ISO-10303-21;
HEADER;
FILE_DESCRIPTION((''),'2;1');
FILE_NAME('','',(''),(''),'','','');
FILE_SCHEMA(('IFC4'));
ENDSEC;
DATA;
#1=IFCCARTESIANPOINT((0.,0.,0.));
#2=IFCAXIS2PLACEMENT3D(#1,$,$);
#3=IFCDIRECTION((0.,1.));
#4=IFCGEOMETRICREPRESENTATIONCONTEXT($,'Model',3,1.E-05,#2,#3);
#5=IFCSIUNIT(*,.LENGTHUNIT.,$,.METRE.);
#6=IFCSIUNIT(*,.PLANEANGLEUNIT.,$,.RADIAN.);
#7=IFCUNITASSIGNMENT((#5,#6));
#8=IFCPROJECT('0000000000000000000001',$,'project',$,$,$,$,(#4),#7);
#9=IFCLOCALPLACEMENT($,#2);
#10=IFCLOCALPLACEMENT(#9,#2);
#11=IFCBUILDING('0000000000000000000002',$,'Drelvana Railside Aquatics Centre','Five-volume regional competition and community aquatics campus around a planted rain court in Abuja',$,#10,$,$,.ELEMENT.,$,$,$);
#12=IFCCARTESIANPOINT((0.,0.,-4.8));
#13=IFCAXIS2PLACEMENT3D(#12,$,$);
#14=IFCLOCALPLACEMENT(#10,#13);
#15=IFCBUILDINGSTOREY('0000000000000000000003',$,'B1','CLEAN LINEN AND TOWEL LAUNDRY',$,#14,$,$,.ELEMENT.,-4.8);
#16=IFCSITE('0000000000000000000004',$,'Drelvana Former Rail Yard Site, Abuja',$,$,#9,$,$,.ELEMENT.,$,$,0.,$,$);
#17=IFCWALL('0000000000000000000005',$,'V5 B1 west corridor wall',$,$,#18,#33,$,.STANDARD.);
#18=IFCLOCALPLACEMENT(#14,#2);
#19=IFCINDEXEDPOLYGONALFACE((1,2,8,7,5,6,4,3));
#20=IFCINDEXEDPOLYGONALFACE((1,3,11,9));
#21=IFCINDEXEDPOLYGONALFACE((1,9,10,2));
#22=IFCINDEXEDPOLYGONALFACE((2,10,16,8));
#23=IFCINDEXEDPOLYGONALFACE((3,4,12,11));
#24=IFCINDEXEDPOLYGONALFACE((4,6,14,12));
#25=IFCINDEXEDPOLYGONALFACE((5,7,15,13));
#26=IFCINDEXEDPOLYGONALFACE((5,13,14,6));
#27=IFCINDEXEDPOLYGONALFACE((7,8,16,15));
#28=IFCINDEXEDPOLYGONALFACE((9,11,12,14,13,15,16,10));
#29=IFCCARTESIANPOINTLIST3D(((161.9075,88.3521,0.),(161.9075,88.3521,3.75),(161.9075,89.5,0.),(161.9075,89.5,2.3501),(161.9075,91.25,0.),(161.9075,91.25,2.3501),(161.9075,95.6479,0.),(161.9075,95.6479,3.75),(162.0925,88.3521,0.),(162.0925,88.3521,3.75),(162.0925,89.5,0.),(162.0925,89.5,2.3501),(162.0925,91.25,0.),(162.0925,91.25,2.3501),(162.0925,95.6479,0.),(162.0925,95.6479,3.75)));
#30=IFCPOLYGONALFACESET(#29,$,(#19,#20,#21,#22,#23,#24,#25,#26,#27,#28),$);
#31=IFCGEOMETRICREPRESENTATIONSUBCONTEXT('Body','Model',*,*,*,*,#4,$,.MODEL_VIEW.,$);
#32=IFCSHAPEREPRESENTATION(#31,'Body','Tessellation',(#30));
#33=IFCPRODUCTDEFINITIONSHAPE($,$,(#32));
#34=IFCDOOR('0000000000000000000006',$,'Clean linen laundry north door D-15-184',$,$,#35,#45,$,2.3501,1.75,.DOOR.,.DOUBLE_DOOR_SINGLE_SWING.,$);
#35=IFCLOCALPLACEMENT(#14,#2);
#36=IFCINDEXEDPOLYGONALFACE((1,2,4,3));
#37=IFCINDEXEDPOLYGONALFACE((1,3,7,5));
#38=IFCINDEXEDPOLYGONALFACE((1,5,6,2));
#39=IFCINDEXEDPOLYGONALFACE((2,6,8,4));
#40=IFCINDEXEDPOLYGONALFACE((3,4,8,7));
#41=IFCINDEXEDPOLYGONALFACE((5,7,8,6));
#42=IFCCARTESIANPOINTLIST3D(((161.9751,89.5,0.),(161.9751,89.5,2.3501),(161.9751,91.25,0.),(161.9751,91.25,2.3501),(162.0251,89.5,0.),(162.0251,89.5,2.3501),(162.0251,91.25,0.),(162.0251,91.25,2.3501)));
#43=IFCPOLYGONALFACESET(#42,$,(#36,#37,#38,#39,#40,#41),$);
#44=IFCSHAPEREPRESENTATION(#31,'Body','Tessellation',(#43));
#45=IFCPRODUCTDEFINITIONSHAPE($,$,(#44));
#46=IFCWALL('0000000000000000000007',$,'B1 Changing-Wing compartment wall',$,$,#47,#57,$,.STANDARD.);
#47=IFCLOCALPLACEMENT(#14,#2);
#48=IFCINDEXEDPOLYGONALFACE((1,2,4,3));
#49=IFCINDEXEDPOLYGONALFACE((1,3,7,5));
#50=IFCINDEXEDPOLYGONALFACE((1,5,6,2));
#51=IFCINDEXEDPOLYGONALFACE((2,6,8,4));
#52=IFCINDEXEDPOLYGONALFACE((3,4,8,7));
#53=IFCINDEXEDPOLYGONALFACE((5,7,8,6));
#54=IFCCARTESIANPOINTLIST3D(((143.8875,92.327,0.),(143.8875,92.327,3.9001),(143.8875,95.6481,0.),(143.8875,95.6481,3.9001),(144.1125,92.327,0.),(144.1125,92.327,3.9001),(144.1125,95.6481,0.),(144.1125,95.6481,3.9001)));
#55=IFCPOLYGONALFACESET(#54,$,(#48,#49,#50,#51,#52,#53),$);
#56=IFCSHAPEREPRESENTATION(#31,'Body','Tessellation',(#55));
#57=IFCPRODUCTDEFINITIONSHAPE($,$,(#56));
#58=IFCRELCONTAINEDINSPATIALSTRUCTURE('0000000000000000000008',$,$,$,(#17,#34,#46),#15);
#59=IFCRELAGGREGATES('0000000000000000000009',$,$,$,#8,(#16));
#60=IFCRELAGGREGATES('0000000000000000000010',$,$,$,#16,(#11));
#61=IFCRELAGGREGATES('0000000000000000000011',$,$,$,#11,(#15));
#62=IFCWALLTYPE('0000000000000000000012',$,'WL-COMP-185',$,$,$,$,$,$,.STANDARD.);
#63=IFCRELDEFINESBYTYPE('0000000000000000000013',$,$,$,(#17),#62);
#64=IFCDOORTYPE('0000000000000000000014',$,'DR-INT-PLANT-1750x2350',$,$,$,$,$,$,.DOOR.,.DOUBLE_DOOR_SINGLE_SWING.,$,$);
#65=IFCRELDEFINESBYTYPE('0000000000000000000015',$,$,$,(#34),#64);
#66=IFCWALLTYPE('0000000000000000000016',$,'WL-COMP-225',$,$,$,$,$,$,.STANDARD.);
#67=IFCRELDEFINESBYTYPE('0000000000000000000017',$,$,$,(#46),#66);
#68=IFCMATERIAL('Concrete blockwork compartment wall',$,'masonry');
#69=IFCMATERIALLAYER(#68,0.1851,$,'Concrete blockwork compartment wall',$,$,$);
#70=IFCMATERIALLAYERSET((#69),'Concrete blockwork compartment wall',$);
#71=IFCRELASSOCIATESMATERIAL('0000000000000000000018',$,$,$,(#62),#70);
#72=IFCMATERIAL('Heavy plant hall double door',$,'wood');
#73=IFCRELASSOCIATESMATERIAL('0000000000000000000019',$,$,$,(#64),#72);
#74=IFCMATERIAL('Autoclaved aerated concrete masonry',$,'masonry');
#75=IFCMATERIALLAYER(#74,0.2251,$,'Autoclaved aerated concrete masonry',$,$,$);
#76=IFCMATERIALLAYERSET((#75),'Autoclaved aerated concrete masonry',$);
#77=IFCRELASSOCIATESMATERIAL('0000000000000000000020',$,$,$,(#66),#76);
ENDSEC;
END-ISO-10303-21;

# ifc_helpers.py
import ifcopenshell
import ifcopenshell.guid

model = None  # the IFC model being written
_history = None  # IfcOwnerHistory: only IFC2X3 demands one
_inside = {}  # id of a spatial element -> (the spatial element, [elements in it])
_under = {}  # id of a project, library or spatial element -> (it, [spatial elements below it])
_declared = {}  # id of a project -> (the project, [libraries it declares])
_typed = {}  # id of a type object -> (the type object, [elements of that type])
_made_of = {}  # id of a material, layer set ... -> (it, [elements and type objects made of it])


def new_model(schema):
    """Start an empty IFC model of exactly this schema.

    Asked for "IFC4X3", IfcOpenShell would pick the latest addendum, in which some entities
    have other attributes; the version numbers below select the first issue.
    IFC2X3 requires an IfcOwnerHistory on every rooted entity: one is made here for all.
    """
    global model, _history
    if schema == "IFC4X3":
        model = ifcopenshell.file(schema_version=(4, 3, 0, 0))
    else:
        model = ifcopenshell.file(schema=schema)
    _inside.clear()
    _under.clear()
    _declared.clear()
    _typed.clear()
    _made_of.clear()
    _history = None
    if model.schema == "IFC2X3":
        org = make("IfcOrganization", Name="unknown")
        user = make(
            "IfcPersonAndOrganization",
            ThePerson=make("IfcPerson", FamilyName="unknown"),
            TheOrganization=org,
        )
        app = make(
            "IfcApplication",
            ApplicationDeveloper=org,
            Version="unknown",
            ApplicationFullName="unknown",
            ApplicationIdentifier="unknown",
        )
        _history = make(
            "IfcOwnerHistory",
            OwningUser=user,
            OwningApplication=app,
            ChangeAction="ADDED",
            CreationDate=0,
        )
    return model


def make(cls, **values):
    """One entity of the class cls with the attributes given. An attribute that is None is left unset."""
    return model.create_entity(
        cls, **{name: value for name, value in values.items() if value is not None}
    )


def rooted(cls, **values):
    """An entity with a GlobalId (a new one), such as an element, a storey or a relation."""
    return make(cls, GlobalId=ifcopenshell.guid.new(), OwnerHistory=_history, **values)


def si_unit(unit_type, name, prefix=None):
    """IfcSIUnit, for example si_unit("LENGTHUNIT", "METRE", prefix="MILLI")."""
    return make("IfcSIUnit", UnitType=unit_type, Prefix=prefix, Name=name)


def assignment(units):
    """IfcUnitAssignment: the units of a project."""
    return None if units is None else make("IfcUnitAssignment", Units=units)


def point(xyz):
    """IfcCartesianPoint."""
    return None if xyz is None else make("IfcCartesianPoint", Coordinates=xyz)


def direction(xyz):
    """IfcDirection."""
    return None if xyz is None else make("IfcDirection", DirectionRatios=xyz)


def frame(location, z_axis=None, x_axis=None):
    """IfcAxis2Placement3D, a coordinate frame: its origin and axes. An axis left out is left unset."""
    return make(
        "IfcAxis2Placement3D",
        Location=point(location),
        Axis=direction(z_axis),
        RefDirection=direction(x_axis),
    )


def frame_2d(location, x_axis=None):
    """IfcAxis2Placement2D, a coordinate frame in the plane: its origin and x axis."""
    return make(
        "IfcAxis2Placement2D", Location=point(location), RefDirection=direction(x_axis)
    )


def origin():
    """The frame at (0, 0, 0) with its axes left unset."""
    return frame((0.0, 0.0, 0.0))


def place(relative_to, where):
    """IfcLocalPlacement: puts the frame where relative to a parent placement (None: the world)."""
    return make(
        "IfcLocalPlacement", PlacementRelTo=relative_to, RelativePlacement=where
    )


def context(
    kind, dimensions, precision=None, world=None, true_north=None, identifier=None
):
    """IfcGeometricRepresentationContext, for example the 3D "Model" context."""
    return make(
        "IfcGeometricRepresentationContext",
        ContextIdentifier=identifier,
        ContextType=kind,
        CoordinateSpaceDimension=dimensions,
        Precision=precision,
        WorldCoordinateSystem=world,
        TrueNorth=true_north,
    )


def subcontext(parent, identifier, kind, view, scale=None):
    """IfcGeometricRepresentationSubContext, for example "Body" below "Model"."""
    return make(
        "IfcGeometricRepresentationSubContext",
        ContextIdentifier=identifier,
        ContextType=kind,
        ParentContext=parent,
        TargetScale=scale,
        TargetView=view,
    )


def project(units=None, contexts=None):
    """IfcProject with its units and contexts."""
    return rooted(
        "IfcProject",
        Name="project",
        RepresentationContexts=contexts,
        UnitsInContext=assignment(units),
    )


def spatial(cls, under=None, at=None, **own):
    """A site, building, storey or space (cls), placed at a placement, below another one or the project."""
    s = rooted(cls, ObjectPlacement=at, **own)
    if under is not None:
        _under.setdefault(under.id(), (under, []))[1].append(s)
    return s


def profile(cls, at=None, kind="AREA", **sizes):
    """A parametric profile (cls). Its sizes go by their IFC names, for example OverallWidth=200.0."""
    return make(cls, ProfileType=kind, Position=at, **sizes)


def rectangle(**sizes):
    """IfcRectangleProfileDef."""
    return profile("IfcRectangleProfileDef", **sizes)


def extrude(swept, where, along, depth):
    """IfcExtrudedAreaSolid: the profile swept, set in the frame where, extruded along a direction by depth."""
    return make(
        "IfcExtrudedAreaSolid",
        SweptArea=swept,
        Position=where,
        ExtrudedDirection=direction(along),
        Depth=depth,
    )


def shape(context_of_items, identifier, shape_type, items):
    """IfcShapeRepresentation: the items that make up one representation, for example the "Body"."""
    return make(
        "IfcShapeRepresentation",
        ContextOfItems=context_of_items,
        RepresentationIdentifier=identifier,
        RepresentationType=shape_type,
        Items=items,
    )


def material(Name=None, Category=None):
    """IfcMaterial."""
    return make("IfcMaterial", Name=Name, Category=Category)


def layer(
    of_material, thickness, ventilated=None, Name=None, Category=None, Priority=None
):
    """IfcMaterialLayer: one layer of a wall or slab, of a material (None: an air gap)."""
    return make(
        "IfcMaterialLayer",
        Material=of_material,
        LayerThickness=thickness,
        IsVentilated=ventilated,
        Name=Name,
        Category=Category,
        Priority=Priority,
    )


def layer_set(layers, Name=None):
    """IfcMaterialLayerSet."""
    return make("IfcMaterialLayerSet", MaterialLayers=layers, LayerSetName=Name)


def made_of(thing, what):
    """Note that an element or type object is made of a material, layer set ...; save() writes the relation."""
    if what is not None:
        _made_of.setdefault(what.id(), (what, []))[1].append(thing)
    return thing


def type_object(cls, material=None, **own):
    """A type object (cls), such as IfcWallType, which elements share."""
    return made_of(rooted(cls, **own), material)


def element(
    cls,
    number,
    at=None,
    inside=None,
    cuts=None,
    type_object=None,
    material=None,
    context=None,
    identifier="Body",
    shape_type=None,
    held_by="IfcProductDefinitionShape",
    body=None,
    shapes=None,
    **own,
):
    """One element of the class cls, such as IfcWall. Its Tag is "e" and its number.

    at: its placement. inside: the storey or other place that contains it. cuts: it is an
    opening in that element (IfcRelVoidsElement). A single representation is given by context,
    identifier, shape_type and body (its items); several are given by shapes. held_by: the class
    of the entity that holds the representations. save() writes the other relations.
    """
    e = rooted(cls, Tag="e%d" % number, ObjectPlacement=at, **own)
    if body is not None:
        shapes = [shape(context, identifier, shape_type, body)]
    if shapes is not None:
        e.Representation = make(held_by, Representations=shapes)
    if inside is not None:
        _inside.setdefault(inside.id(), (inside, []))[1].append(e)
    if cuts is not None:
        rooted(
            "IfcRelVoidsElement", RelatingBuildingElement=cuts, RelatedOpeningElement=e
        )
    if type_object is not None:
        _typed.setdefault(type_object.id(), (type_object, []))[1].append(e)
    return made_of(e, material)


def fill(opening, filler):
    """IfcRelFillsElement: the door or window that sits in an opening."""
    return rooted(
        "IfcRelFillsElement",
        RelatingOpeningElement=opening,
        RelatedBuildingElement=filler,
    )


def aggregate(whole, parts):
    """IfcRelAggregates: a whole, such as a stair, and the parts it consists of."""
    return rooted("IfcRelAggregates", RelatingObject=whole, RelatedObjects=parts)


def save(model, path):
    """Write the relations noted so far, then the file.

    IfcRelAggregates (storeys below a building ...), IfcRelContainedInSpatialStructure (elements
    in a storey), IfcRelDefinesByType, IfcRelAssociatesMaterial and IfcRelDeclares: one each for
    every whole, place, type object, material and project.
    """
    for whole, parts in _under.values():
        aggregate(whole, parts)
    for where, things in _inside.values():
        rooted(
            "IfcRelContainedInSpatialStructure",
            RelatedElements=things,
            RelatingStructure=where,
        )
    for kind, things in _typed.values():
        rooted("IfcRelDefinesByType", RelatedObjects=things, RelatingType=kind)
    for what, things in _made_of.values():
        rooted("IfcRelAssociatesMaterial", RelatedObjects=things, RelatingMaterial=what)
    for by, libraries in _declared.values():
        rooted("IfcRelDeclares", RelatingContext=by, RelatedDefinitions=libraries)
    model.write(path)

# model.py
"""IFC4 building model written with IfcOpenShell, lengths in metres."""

from ifc_helpers import new_model, si_unit, direction, frame, frame_2d, origin, place, context, subcontext, project, spatial, rectangle, extrude, material, layer, layer_set, type_object, element, fill, save


model = new_model("IFC4")

# Units and contexts
model_context = context("Model", 3, precision=1e-05, world=origin(), true_north=direction((0.0, 1.0)))
body_context = subcontext(model_context, "Body", "Model", "MODEL_VIEW")
ifc_project = project(units=[si_unit("LENGTHUNIT", "METRE"), si_unit("PLANEANGLEUNIT", "RADIAN")], contexts=[model_context])

# Site, building, storey
site_placement = place(None, origin())
site = spatial("IfcSite", under=ifc_project, at=site_placement, Name="Drelvana Former Rail Yard Site, Abuja", CompositionType="ELEMENT", RefElevation=0.0)
building_placement = place(site_placement, origin())
building = spatial("IfcBuilding", under=site, at=building_placement, Name="Drelvana Railside Aquatics Centre", Description="Five-volume regional competition and community aquatics campus around a planted rain court in Abuja", CompositionType="ELEMENT")
storey_placement = place(building_placement, frame((0.0, 0.0, -4.8)))
storey = spatial("IfcBuildingStorey", under=building, at=storey_placement, Name="B1", Description="CLEAN LINEN AND TOWEL LAUNDRY", CompositionType="ELEMENT", Elevation=-4.8)

# Shared definitions
ifc_material_1 = material(Name="Concrete blockwork compartment wall", Category="masonry")
ifc_layer_1 = layer(ifc_material_1, 0.1851, Name="Concrete blockwork compartment wall")
ifc_layer_set_1 = layer_set([ifc_layer_1], Name="Concrete blockwork compartment wall")
wall_type_1 = type_object("IfcWallType", Name="WL-COMP-185", PredefinedType="STANDARD", material=ifc_layer_set_1)

# Wall, opening, door
wall_1_placement = place(storey_placement, frame((162.0, 88.3521, 0.0), z_axis=(0.0, 0.0, 1.0), x_axis=(0.0, 1.0, 0.0)))
wall_1 = element("IfcWall", 1, at=wall_1_placement, inside=storey, type_object=wall_type_1, Name="V5 B1 west corridor wall", PredefinedType="STANDARD", context=body_context, shape_type="SweptSolid", body=[
    extrude(rectangle(XDim=7.2959, YDim=0.1851, at=frame_2d((3.6479, 0.0))), origin(), (0.0, 0.0, 1.0), 3.75),
])
opening_placement = place(wall_1_placement, frame((1.1479, 0.0, 0.0)))
opening = element("IfcOpeningElement", 2, at=opening_placement, cuts=wall_1, PredefinedType="OPENING", context=body_context, shape_type="SweptSolid", body=[
    extrude(rectangle(XDim=1.75, YDim=2.3501, at=frame_2d((0.875, 1.175))), frame((0.0, 0.1025, 0.0), z_axis=(0.0, -1.0, 0.0), x_axis=(1.0, 0.0, 0.0)), (0.0, 0.0, 1.0), 0.2051),
])
ifc_material_2 = material(Name="Heavy plant hall double door", Category="wood")
door_type = type_object("IfcDoorType", Name="DR-INT-PLANT-1750x2350", OperationType="DOUBLE_DOOR_SINGLE_SWING", PredefinedType="DOOR", material=ifc_material_2)
door_placement = place(opening_placement, origin())
door = element("IfcDoor", 3, at=door_placement, inside=storey, type_object=door_type, Name="Clean linen laundry north door D-15-184", OperationType="DOUBLE_DOOR_SINGLE_SWING", OverallHeight=2.3501, OverallWidth=1.75, PredefinedType="DOOR", context=body_context, shape_type="SweptSolid", body=[
    extrude(rectangle(XDim=1.75, YDim=2.3501, at=frame_2d((0.875, 1.175))), frame((0.0, 0.0249, 0.0), z_axis=(0.0, -1.0, 0.0), x_axis=(1.0, 0.0, 0.0)), (0.0, 0.0, 1.0), 0.05),
])
fill(opening, door)

# Wall
ifc_material_3 = material(Name="Autoclaved aerated concrete masonry", Category="masonry")
ifc_layer_2 = layer(ifc_material_3, 0.2251, Name="Autoclaved aerated concrete masonry")
ifc_layer_set_2 = layer_set([ifc_layer_2], Name="Autoclaved aerated concrete masonry")
wall_type_2 = type_object("IfcWallType", Name="WL-COMP-225", PredefinedType="STANDARD", material=ifc_layer_set_2)
wall_2_placement = place(storey_placement, frame((144.0, 92.3269, 0.0), z_axis=(0.0, 0.0, 1.0), x_axis=(0.0, 1.0, 0.0)))
element("IfcWall", 4, at=wall_2_placement, inside=storey, type_object=wall_type_2, Name="B1 Changing-Wing compartment wall", PredefinedType="STANDARD", context=body_context, shape_type="SweptSolid", body=[
    extrude(rectangle(XDim=3.321, YDim=0.2251, at=frame_2d((1.6606, 0.0))), origin(), (0.0, 0.0, 1.0), 3.9001),
])

save(model, "model.ifc")
